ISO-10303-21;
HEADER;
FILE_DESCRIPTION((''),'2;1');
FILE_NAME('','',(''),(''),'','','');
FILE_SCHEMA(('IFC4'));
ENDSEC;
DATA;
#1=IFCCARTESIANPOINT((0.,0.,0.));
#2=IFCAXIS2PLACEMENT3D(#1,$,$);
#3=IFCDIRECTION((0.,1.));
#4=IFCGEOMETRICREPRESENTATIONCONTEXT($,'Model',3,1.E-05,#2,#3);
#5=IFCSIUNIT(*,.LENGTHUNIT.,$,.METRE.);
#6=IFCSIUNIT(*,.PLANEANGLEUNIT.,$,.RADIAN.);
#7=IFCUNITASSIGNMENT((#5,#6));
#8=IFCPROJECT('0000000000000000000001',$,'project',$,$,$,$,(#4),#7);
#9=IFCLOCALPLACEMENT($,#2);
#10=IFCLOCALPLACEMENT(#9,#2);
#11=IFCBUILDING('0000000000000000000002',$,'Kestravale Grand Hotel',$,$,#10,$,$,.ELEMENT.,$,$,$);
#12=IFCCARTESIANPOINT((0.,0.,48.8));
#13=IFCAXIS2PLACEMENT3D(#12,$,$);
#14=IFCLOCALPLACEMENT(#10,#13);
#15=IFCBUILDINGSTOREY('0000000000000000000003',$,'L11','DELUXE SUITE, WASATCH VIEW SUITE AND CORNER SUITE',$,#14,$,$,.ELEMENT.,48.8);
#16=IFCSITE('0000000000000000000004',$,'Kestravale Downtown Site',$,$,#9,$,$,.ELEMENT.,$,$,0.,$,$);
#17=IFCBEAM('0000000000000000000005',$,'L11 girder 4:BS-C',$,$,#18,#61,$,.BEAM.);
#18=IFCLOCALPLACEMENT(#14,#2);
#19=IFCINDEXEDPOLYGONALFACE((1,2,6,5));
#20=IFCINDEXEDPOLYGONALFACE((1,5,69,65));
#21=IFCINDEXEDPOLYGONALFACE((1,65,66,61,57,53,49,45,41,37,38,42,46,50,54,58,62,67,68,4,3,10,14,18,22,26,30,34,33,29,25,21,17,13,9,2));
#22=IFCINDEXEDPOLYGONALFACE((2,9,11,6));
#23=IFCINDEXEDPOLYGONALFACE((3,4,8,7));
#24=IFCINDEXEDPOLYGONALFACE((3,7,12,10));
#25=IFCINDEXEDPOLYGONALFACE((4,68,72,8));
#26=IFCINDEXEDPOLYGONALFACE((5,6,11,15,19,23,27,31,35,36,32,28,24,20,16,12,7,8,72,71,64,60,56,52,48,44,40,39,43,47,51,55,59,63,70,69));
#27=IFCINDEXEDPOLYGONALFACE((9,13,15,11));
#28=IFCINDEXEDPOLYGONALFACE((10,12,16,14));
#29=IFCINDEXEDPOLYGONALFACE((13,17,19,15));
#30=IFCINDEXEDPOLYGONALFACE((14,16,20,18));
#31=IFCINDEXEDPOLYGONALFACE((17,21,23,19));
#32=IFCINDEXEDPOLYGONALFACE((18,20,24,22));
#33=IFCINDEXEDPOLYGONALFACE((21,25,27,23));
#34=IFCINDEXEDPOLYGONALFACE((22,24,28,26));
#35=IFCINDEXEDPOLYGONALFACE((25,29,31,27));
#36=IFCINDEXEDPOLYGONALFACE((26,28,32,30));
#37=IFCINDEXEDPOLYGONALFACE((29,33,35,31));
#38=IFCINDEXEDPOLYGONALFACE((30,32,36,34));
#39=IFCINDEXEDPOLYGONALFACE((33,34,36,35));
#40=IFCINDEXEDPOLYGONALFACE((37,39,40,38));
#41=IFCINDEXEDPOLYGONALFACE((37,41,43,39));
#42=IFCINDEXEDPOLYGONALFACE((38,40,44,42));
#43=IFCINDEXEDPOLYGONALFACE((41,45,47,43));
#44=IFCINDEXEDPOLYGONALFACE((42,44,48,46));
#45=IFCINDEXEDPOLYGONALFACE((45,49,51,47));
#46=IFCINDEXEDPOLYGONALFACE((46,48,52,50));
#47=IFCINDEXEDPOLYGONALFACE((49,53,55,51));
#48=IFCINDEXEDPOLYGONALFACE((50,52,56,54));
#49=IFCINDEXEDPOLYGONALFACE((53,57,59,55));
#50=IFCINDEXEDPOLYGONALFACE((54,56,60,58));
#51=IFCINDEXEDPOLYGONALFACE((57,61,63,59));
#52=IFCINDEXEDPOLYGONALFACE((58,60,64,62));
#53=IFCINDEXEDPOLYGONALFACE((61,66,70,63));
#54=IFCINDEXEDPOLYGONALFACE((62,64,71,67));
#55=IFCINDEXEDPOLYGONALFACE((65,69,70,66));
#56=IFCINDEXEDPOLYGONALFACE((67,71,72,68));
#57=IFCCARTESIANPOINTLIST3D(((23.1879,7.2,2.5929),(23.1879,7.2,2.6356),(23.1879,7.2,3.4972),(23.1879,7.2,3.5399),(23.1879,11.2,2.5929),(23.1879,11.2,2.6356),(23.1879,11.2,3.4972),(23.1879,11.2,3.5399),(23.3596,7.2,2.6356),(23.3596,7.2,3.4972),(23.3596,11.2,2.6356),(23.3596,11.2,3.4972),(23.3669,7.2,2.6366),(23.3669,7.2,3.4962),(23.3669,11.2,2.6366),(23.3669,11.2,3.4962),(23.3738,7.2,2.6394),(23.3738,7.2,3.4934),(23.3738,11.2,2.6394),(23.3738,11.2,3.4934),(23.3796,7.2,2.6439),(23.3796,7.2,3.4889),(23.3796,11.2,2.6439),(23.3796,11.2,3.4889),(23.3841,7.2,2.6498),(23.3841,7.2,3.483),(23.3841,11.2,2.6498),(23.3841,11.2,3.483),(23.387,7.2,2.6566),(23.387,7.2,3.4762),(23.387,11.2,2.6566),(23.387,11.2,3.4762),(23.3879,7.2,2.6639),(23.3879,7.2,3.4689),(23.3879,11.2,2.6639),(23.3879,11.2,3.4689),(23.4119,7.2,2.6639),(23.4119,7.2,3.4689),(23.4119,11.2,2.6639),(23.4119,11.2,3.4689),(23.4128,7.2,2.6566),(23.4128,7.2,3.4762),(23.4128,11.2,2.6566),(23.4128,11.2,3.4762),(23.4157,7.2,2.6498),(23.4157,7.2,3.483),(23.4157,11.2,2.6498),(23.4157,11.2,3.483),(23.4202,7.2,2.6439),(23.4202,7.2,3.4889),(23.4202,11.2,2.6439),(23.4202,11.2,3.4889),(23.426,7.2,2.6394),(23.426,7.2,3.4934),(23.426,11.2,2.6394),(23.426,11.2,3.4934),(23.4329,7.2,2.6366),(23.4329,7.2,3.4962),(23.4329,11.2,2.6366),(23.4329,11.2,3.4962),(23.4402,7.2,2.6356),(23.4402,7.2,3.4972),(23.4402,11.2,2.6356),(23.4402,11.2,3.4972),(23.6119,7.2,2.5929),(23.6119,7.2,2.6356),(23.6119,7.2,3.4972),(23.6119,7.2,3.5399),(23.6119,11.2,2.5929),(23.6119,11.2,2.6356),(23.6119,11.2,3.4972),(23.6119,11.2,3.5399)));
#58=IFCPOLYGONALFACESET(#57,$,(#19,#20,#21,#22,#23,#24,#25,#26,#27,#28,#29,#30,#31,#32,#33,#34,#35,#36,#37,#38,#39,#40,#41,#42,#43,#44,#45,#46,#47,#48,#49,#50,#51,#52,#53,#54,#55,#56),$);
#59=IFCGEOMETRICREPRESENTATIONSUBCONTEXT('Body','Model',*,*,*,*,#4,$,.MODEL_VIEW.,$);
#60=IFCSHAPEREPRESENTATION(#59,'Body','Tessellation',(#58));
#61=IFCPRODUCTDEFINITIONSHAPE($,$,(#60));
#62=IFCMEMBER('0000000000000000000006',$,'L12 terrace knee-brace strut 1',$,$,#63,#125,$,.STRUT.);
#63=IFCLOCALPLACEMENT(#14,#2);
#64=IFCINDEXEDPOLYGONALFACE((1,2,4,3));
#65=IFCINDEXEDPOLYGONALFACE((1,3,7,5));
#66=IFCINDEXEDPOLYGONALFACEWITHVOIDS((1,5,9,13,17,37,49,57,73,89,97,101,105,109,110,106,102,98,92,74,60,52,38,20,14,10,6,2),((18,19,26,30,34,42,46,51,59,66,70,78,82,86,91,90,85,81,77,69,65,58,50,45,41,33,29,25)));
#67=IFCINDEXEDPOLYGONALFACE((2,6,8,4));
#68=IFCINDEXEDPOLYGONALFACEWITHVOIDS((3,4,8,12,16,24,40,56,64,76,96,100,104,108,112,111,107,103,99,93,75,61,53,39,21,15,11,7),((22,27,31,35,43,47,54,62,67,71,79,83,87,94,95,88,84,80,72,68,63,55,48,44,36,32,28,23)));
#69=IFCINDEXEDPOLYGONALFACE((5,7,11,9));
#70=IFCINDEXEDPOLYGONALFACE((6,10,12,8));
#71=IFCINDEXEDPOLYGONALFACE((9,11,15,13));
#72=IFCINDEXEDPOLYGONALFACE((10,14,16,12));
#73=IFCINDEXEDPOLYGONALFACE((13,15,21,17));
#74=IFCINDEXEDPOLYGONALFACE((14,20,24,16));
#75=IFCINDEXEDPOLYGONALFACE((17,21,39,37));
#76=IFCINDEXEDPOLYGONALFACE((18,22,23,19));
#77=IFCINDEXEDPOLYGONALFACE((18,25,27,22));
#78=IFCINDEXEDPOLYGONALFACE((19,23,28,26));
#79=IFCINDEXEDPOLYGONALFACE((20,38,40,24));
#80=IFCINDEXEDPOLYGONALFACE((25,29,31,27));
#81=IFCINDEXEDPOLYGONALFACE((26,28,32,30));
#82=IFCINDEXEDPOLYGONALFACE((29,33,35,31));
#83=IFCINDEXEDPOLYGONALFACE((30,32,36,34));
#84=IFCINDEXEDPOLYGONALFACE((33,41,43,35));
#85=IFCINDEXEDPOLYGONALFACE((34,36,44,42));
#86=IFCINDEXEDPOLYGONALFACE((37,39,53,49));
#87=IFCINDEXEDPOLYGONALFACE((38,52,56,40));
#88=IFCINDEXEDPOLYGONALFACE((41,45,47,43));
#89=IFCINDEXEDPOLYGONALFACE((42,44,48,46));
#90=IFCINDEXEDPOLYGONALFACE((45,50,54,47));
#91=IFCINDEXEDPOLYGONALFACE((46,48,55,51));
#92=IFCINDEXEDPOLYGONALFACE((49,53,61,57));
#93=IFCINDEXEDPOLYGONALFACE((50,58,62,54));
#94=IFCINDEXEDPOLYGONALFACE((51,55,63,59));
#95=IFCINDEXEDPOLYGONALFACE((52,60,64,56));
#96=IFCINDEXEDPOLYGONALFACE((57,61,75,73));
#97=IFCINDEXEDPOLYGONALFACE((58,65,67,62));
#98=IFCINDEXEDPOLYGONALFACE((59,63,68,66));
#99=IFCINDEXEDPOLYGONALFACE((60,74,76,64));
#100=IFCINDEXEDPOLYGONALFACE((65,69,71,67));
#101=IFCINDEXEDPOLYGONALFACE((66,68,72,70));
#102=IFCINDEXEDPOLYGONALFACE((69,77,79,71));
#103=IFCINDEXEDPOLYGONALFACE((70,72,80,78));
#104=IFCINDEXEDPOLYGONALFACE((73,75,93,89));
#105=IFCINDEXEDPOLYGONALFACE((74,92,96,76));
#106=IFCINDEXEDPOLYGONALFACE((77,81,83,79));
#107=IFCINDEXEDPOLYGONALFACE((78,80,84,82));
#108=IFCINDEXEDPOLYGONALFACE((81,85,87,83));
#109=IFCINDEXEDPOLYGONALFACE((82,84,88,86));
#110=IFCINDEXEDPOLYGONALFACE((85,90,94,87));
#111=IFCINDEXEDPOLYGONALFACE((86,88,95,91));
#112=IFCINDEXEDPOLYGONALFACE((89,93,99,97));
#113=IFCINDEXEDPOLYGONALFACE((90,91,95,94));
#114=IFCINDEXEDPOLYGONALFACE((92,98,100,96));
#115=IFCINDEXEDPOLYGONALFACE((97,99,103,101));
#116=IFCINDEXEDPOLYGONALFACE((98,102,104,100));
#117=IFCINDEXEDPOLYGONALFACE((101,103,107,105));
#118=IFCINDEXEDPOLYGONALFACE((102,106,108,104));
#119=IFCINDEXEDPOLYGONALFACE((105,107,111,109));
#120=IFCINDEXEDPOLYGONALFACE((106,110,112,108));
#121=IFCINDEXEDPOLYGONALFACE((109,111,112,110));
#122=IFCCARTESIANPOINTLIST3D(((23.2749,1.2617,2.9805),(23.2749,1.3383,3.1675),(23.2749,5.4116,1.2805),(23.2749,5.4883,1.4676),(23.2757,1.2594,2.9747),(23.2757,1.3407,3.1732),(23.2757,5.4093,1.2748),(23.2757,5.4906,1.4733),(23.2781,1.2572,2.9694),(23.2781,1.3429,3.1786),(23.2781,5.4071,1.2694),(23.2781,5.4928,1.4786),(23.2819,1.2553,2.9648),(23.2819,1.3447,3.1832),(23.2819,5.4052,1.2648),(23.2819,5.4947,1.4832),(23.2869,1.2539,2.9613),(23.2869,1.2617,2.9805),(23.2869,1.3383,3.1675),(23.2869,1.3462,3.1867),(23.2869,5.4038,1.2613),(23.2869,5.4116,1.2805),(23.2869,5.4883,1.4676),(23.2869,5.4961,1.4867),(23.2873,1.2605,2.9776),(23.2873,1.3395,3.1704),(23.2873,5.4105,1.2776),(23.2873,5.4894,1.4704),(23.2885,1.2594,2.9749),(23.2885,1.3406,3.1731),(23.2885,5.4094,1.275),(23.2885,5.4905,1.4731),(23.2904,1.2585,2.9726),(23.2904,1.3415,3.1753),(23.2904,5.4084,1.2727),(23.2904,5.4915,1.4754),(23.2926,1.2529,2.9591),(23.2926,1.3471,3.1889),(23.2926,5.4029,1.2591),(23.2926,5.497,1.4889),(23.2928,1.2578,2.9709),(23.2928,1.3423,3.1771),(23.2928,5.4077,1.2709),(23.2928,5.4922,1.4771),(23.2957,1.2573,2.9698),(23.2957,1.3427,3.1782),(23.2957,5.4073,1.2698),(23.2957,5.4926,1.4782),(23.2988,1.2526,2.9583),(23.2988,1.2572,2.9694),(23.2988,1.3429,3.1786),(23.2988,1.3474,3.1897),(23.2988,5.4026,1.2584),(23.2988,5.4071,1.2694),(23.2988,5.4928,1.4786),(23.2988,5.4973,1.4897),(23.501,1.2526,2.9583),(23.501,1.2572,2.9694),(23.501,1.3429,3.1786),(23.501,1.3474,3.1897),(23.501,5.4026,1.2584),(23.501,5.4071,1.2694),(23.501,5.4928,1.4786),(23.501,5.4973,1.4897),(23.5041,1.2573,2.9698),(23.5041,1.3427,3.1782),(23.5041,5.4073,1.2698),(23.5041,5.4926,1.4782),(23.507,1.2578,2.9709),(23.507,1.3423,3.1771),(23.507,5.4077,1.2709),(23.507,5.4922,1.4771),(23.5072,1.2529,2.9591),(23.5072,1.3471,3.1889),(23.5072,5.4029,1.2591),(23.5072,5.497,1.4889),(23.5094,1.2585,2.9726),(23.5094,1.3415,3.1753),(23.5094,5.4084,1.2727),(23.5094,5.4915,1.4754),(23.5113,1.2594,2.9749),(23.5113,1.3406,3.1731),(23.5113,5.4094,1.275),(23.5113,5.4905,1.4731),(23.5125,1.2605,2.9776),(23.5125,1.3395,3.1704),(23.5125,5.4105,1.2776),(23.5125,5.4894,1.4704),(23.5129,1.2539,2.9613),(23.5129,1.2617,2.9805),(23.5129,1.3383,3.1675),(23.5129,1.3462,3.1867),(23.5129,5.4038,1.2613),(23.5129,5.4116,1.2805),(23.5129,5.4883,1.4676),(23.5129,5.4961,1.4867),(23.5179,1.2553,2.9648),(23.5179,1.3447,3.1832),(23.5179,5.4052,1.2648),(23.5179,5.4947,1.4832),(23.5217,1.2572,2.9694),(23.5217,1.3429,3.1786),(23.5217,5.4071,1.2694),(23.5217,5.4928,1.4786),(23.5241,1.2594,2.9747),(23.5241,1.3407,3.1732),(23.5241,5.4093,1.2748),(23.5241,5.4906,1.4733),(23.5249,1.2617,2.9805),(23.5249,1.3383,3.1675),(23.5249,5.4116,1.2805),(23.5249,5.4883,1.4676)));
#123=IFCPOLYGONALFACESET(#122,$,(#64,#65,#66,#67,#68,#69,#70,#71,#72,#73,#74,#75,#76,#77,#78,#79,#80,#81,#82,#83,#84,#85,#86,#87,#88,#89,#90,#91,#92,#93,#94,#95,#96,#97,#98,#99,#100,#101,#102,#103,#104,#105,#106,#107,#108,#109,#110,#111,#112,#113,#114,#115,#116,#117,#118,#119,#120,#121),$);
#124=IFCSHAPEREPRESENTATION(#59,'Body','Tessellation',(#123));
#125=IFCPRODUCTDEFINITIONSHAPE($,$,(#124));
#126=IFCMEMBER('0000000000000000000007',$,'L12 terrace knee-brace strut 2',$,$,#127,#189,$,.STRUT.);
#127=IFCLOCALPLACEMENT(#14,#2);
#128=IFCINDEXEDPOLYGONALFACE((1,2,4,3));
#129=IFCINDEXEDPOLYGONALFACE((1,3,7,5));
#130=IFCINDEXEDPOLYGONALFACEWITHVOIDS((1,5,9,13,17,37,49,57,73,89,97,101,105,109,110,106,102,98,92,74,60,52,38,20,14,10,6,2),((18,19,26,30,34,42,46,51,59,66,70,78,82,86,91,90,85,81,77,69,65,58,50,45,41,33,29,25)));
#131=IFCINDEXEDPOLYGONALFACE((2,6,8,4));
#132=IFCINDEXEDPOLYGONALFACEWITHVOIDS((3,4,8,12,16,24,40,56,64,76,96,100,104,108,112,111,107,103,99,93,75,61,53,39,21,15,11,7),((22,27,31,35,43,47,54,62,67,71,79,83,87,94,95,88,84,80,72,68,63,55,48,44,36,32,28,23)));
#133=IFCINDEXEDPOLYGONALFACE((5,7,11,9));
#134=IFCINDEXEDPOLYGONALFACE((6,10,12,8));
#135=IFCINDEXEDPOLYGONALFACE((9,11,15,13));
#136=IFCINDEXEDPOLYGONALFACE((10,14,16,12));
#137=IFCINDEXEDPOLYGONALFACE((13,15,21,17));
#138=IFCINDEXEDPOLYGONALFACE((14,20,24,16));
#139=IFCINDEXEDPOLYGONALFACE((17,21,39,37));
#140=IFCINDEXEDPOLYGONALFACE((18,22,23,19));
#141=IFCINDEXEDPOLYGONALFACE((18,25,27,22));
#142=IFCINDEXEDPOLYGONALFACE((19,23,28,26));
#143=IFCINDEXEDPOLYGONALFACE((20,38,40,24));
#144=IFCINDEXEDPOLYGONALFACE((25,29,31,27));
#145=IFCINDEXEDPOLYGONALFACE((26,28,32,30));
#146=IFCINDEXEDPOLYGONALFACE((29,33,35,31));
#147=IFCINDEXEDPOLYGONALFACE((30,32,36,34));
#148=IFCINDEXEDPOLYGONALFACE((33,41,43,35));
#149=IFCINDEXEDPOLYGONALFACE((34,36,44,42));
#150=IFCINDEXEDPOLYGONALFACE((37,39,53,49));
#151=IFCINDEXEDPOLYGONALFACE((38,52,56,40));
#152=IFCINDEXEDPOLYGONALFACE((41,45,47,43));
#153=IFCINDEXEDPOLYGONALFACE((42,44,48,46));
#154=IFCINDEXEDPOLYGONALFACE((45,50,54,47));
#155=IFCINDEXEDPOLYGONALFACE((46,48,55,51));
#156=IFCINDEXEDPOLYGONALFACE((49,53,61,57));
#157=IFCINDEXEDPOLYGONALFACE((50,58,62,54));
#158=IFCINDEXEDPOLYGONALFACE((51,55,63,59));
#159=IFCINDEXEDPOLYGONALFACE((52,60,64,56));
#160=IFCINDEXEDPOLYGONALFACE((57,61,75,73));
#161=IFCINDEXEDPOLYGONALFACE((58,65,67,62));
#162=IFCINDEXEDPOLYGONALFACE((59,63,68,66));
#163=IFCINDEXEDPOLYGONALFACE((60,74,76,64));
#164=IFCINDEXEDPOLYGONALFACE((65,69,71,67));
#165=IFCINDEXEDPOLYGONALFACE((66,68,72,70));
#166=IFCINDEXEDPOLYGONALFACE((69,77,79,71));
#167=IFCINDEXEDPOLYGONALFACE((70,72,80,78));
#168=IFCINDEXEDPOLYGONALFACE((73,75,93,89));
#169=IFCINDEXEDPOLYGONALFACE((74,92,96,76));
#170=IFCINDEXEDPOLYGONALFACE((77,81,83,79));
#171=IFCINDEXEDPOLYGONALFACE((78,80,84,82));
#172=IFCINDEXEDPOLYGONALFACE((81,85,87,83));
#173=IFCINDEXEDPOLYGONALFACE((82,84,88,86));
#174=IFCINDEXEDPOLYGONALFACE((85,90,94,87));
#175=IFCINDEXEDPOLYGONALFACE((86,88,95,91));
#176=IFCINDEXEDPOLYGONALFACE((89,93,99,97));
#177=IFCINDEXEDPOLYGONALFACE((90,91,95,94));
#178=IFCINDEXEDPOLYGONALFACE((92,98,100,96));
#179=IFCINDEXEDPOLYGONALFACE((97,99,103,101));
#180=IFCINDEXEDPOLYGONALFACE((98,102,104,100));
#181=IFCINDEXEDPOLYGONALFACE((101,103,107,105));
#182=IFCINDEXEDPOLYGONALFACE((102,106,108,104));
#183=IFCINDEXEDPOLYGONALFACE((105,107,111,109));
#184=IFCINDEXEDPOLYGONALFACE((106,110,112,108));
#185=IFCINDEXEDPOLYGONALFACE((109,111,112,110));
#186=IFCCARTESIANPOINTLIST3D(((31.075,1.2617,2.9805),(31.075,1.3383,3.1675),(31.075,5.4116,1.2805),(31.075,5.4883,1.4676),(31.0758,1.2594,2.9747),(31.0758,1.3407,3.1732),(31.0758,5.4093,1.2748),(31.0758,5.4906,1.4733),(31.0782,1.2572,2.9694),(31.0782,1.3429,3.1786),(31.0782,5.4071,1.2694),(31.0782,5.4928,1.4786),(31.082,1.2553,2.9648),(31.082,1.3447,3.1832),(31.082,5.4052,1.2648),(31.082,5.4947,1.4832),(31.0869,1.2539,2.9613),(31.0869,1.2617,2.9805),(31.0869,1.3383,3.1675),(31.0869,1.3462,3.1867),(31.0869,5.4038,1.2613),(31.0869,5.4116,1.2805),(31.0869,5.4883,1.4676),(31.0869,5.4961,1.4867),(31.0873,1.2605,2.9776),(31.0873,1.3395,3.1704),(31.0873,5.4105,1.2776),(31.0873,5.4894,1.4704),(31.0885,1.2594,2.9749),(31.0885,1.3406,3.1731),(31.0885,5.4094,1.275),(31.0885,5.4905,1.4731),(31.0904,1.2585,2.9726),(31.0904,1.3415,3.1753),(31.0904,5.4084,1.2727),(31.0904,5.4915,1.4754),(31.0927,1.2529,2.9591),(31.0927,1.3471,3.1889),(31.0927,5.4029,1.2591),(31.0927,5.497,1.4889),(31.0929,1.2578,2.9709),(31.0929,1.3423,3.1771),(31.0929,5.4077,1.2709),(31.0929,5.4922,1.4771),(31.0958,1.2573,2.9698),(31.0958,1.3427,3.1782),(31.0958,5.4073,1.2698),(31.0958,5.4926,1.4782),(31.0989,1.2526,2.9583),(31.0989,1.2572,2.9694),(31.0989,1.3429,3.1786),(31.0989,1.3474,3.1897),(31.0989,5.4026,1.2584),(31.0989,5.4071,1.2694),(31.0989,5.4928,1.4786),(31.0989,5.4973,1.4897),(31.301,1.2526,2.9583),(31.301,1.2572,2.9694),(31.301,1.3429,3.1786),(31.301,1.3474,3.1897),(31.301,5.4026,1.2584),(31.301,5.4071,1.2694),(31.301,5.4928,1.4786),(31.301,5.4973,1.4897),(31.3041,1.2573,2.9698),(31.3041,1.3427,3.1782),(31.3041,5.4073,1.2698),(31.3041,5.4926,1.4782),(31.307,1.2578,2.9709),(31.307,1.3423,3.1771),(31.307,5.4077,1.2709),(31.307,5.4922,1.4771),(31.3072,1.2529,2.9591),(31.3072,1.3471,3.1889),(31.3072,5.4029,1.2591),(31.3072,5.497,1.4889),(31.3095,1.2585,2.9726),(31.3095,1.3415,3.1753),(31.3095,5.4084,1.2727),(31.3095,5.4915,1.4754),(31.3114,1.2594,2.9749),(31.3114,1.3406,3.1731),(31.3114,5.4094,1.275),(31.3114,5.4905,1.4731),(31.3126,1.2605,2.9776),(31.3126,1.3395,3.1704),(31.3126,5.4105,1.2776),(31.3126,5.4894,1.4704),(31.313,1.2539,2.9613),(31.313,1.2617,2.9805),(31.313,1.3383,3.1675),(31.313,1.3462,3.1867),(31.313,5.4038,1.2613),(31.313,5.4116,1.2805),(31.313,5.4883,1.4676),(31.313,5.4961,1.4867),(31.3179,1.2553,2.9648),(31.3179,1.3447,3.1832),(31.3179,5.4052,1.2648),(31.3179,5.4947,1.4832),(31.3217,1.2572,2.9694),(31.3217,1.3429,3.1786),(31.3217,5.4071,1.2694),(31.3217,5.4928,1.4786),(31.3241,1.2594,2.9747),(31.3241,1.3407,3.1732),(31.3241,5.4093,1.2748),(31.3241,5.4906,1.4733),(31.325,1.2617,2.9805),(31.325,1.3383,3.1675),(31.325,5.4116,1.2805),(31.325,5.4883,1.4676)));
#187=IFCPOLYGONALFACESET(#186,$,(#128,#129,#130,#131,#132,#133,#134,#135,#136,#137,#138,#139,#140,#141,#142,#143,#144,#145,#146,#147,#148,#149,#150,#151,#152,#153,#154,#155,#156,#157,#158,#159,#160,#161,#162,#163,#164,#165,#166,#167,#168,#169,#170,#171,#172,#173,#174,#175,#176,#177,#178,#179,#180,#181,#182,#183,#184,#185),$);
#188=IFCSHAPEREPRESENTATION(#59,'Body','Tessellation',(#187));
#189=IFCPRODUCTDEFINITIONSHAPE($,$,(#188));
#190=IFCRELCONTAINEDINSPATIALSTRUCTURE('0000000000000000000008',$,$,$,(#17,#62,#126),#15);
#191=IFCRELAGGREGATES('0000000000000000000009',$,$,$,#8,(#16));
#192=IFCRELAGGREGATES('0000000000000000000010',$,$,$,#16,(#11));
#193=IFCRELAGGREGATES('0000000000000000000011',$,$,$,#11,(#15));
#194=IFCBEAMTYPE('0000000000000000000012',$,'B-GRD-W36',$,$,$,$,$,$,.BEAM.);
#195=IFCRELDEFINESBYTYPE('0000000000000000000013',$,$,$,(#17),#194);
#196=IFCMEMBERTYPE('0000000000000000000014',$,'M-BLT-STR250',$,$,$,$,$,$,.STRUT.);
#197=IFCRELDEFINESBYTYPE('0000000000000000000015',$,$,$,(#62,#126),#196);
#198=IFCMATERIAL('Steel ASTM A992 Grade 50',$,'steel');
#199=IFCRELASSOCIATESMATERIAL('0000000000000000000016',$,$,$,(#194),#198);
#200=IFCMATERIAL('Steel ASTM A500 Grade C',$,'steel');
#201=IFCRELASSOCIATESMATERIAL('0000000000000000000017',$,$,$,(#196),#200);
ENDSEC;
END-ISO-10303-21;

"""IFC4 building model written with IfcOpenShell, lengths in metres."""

from ifc_helpers import new_model, si_unit, direction, frame, origin, origin_2d, place, context, subcontext, project, spatial, hollow_rectangle, i_section, extrude, material, material_profile, profile_set, type_object, element, save


model = new_model("IFC4")

# Units and contexts
model_context = context("Model", 3, precision=1e-05, world=origin(), true_north=direction((0.0, 1.0)))
body_context = subcontext(model_context, "Body", "Model", "MODEL_VIEW")
ifc_project = project(units=[si_unit("LENGTHUNIT", "METRE"), si_unit("PLANEANGLEUNIT", "RADIAN")], contexts=[model_context])

# Site, building, storey
site_placement = place(None, origin())
site = spatial("IfcSite", under=ifc_project, at=site_placement, Name="Kestravale Downtown Site", CompositionType="ELEMENT", RefElevation=0.0)
building_placement = place(site_placement, origin())
building = spatial("IfcBuilding", under=site, at=building_placement, Name="Kestravale Grand Hotel", CompositionType="ELEMENT")
storey_placement = place(building_placement, frame((0.0, 0.0, 48.8)))
storey = spatial("IfcBuildingStorey", under=building, at=storey_placement, Name="L11", Description="DELUXE SUITE, WASATCH VIEW SUITE AND CORNER SUITE", CompositionType="ELEMENT", Elevation=48.8)

# Beam
ifc_material_1 = material(Name="Steel ASTM A992 Grade 50", Category="steel")
ifc_material_profile_1 = material_profile(ifc_material_1, i_section(OverallWidth=0.4241, OverallDepth=0.947, WebThickness=0.0239, FlangeThickness=0.0427, FilletRadius=0.0283, at=origin_2d()))
ifc_profile_set_1 = profile_set([ifc_material_profile_1], Name="Steel ASTM A992 Grade 50")
beam_type_1 = type_object("IfcBeamType", Name="B-GRD-W36", PredefinedType="BEAM", material=ifc_profile_set_1)
beam_1_placement = place(storey_placement, frame((23.3999, 7.2, 3.0664), z_axis=(0.0, 1.0, 0.0), x_axis=(-1.0, 0.0, 0.0)))
element("IfcBeam", 1, at=beam_1_placement, inside=storey, type_object=beam_type_1, Name="L11 girder 4:BS-C", PredefinedType="BEAM", context=body_context, shape_type="SweptSolid", body=[
    extrude(i_section(OverallWidth=0.4241, OverallDepth=0.947, WebThickness=0.0239, FlangeThickness=0.0427, FilletRadius=0.0283, at=origin_2d()), origin(), (0.0, 0.0, 1.0), 4.0),
])

# Members
ifc_material_2 = material(Name="Steel ASTM A500 Grade C", Category="steel")
ifc_material_profile_2 = material_profile(ifc_material_2, hollow_rectangle(XDim=0.25, YDim=0.25, WallThickness=0.012, InnerFilletRadius=0.012, OuterFilletRadius=0.0239, at=origin_2d()))
ifc_profile_set_2 = profile_set([ifc_material_profile_2], Name="Steel ASTM A500 Grade C")
member_type = type_object("IfcMemberType", Name="M-BLT-STR250", PredefinedType="STRUT", material=ifc_profile_set_2)
for number, where, z_axis, x_axis, name in (
    (2, (23.3999, 5.45, 1.374), (0.0, -0.92537, 0.379065), (1.0, 0.0, 0.0), "L12 terrace knee-brace strut 1"),
    (3, (31.2, 5.45, 1.374), (0.0, -0.92537, 0.379065), (1.0, 0.0, 0.0), "L12 terrace knee-brace strut 2"),
):
    element("IfcMember", number, at=place(storey_placement, frame(where, z_axis=z_axis, x_axis=x_axis)), inside=storey, type_object=member_type, Name=name, PredefinedType="STRUT", context=body_context, shape_type="SweptSolid", body=[
        extrude(hollow_rectangle(XDim=0.25, YDim=0.25, WallThickness=0.012, InnerFilletRadius=0.012, OuterFilletRadius=0.0239, at=origin_2d()), origin(), (0.0, 0.0, 1.0), 4.4846),
    ])

save(model, "model.ifc")
